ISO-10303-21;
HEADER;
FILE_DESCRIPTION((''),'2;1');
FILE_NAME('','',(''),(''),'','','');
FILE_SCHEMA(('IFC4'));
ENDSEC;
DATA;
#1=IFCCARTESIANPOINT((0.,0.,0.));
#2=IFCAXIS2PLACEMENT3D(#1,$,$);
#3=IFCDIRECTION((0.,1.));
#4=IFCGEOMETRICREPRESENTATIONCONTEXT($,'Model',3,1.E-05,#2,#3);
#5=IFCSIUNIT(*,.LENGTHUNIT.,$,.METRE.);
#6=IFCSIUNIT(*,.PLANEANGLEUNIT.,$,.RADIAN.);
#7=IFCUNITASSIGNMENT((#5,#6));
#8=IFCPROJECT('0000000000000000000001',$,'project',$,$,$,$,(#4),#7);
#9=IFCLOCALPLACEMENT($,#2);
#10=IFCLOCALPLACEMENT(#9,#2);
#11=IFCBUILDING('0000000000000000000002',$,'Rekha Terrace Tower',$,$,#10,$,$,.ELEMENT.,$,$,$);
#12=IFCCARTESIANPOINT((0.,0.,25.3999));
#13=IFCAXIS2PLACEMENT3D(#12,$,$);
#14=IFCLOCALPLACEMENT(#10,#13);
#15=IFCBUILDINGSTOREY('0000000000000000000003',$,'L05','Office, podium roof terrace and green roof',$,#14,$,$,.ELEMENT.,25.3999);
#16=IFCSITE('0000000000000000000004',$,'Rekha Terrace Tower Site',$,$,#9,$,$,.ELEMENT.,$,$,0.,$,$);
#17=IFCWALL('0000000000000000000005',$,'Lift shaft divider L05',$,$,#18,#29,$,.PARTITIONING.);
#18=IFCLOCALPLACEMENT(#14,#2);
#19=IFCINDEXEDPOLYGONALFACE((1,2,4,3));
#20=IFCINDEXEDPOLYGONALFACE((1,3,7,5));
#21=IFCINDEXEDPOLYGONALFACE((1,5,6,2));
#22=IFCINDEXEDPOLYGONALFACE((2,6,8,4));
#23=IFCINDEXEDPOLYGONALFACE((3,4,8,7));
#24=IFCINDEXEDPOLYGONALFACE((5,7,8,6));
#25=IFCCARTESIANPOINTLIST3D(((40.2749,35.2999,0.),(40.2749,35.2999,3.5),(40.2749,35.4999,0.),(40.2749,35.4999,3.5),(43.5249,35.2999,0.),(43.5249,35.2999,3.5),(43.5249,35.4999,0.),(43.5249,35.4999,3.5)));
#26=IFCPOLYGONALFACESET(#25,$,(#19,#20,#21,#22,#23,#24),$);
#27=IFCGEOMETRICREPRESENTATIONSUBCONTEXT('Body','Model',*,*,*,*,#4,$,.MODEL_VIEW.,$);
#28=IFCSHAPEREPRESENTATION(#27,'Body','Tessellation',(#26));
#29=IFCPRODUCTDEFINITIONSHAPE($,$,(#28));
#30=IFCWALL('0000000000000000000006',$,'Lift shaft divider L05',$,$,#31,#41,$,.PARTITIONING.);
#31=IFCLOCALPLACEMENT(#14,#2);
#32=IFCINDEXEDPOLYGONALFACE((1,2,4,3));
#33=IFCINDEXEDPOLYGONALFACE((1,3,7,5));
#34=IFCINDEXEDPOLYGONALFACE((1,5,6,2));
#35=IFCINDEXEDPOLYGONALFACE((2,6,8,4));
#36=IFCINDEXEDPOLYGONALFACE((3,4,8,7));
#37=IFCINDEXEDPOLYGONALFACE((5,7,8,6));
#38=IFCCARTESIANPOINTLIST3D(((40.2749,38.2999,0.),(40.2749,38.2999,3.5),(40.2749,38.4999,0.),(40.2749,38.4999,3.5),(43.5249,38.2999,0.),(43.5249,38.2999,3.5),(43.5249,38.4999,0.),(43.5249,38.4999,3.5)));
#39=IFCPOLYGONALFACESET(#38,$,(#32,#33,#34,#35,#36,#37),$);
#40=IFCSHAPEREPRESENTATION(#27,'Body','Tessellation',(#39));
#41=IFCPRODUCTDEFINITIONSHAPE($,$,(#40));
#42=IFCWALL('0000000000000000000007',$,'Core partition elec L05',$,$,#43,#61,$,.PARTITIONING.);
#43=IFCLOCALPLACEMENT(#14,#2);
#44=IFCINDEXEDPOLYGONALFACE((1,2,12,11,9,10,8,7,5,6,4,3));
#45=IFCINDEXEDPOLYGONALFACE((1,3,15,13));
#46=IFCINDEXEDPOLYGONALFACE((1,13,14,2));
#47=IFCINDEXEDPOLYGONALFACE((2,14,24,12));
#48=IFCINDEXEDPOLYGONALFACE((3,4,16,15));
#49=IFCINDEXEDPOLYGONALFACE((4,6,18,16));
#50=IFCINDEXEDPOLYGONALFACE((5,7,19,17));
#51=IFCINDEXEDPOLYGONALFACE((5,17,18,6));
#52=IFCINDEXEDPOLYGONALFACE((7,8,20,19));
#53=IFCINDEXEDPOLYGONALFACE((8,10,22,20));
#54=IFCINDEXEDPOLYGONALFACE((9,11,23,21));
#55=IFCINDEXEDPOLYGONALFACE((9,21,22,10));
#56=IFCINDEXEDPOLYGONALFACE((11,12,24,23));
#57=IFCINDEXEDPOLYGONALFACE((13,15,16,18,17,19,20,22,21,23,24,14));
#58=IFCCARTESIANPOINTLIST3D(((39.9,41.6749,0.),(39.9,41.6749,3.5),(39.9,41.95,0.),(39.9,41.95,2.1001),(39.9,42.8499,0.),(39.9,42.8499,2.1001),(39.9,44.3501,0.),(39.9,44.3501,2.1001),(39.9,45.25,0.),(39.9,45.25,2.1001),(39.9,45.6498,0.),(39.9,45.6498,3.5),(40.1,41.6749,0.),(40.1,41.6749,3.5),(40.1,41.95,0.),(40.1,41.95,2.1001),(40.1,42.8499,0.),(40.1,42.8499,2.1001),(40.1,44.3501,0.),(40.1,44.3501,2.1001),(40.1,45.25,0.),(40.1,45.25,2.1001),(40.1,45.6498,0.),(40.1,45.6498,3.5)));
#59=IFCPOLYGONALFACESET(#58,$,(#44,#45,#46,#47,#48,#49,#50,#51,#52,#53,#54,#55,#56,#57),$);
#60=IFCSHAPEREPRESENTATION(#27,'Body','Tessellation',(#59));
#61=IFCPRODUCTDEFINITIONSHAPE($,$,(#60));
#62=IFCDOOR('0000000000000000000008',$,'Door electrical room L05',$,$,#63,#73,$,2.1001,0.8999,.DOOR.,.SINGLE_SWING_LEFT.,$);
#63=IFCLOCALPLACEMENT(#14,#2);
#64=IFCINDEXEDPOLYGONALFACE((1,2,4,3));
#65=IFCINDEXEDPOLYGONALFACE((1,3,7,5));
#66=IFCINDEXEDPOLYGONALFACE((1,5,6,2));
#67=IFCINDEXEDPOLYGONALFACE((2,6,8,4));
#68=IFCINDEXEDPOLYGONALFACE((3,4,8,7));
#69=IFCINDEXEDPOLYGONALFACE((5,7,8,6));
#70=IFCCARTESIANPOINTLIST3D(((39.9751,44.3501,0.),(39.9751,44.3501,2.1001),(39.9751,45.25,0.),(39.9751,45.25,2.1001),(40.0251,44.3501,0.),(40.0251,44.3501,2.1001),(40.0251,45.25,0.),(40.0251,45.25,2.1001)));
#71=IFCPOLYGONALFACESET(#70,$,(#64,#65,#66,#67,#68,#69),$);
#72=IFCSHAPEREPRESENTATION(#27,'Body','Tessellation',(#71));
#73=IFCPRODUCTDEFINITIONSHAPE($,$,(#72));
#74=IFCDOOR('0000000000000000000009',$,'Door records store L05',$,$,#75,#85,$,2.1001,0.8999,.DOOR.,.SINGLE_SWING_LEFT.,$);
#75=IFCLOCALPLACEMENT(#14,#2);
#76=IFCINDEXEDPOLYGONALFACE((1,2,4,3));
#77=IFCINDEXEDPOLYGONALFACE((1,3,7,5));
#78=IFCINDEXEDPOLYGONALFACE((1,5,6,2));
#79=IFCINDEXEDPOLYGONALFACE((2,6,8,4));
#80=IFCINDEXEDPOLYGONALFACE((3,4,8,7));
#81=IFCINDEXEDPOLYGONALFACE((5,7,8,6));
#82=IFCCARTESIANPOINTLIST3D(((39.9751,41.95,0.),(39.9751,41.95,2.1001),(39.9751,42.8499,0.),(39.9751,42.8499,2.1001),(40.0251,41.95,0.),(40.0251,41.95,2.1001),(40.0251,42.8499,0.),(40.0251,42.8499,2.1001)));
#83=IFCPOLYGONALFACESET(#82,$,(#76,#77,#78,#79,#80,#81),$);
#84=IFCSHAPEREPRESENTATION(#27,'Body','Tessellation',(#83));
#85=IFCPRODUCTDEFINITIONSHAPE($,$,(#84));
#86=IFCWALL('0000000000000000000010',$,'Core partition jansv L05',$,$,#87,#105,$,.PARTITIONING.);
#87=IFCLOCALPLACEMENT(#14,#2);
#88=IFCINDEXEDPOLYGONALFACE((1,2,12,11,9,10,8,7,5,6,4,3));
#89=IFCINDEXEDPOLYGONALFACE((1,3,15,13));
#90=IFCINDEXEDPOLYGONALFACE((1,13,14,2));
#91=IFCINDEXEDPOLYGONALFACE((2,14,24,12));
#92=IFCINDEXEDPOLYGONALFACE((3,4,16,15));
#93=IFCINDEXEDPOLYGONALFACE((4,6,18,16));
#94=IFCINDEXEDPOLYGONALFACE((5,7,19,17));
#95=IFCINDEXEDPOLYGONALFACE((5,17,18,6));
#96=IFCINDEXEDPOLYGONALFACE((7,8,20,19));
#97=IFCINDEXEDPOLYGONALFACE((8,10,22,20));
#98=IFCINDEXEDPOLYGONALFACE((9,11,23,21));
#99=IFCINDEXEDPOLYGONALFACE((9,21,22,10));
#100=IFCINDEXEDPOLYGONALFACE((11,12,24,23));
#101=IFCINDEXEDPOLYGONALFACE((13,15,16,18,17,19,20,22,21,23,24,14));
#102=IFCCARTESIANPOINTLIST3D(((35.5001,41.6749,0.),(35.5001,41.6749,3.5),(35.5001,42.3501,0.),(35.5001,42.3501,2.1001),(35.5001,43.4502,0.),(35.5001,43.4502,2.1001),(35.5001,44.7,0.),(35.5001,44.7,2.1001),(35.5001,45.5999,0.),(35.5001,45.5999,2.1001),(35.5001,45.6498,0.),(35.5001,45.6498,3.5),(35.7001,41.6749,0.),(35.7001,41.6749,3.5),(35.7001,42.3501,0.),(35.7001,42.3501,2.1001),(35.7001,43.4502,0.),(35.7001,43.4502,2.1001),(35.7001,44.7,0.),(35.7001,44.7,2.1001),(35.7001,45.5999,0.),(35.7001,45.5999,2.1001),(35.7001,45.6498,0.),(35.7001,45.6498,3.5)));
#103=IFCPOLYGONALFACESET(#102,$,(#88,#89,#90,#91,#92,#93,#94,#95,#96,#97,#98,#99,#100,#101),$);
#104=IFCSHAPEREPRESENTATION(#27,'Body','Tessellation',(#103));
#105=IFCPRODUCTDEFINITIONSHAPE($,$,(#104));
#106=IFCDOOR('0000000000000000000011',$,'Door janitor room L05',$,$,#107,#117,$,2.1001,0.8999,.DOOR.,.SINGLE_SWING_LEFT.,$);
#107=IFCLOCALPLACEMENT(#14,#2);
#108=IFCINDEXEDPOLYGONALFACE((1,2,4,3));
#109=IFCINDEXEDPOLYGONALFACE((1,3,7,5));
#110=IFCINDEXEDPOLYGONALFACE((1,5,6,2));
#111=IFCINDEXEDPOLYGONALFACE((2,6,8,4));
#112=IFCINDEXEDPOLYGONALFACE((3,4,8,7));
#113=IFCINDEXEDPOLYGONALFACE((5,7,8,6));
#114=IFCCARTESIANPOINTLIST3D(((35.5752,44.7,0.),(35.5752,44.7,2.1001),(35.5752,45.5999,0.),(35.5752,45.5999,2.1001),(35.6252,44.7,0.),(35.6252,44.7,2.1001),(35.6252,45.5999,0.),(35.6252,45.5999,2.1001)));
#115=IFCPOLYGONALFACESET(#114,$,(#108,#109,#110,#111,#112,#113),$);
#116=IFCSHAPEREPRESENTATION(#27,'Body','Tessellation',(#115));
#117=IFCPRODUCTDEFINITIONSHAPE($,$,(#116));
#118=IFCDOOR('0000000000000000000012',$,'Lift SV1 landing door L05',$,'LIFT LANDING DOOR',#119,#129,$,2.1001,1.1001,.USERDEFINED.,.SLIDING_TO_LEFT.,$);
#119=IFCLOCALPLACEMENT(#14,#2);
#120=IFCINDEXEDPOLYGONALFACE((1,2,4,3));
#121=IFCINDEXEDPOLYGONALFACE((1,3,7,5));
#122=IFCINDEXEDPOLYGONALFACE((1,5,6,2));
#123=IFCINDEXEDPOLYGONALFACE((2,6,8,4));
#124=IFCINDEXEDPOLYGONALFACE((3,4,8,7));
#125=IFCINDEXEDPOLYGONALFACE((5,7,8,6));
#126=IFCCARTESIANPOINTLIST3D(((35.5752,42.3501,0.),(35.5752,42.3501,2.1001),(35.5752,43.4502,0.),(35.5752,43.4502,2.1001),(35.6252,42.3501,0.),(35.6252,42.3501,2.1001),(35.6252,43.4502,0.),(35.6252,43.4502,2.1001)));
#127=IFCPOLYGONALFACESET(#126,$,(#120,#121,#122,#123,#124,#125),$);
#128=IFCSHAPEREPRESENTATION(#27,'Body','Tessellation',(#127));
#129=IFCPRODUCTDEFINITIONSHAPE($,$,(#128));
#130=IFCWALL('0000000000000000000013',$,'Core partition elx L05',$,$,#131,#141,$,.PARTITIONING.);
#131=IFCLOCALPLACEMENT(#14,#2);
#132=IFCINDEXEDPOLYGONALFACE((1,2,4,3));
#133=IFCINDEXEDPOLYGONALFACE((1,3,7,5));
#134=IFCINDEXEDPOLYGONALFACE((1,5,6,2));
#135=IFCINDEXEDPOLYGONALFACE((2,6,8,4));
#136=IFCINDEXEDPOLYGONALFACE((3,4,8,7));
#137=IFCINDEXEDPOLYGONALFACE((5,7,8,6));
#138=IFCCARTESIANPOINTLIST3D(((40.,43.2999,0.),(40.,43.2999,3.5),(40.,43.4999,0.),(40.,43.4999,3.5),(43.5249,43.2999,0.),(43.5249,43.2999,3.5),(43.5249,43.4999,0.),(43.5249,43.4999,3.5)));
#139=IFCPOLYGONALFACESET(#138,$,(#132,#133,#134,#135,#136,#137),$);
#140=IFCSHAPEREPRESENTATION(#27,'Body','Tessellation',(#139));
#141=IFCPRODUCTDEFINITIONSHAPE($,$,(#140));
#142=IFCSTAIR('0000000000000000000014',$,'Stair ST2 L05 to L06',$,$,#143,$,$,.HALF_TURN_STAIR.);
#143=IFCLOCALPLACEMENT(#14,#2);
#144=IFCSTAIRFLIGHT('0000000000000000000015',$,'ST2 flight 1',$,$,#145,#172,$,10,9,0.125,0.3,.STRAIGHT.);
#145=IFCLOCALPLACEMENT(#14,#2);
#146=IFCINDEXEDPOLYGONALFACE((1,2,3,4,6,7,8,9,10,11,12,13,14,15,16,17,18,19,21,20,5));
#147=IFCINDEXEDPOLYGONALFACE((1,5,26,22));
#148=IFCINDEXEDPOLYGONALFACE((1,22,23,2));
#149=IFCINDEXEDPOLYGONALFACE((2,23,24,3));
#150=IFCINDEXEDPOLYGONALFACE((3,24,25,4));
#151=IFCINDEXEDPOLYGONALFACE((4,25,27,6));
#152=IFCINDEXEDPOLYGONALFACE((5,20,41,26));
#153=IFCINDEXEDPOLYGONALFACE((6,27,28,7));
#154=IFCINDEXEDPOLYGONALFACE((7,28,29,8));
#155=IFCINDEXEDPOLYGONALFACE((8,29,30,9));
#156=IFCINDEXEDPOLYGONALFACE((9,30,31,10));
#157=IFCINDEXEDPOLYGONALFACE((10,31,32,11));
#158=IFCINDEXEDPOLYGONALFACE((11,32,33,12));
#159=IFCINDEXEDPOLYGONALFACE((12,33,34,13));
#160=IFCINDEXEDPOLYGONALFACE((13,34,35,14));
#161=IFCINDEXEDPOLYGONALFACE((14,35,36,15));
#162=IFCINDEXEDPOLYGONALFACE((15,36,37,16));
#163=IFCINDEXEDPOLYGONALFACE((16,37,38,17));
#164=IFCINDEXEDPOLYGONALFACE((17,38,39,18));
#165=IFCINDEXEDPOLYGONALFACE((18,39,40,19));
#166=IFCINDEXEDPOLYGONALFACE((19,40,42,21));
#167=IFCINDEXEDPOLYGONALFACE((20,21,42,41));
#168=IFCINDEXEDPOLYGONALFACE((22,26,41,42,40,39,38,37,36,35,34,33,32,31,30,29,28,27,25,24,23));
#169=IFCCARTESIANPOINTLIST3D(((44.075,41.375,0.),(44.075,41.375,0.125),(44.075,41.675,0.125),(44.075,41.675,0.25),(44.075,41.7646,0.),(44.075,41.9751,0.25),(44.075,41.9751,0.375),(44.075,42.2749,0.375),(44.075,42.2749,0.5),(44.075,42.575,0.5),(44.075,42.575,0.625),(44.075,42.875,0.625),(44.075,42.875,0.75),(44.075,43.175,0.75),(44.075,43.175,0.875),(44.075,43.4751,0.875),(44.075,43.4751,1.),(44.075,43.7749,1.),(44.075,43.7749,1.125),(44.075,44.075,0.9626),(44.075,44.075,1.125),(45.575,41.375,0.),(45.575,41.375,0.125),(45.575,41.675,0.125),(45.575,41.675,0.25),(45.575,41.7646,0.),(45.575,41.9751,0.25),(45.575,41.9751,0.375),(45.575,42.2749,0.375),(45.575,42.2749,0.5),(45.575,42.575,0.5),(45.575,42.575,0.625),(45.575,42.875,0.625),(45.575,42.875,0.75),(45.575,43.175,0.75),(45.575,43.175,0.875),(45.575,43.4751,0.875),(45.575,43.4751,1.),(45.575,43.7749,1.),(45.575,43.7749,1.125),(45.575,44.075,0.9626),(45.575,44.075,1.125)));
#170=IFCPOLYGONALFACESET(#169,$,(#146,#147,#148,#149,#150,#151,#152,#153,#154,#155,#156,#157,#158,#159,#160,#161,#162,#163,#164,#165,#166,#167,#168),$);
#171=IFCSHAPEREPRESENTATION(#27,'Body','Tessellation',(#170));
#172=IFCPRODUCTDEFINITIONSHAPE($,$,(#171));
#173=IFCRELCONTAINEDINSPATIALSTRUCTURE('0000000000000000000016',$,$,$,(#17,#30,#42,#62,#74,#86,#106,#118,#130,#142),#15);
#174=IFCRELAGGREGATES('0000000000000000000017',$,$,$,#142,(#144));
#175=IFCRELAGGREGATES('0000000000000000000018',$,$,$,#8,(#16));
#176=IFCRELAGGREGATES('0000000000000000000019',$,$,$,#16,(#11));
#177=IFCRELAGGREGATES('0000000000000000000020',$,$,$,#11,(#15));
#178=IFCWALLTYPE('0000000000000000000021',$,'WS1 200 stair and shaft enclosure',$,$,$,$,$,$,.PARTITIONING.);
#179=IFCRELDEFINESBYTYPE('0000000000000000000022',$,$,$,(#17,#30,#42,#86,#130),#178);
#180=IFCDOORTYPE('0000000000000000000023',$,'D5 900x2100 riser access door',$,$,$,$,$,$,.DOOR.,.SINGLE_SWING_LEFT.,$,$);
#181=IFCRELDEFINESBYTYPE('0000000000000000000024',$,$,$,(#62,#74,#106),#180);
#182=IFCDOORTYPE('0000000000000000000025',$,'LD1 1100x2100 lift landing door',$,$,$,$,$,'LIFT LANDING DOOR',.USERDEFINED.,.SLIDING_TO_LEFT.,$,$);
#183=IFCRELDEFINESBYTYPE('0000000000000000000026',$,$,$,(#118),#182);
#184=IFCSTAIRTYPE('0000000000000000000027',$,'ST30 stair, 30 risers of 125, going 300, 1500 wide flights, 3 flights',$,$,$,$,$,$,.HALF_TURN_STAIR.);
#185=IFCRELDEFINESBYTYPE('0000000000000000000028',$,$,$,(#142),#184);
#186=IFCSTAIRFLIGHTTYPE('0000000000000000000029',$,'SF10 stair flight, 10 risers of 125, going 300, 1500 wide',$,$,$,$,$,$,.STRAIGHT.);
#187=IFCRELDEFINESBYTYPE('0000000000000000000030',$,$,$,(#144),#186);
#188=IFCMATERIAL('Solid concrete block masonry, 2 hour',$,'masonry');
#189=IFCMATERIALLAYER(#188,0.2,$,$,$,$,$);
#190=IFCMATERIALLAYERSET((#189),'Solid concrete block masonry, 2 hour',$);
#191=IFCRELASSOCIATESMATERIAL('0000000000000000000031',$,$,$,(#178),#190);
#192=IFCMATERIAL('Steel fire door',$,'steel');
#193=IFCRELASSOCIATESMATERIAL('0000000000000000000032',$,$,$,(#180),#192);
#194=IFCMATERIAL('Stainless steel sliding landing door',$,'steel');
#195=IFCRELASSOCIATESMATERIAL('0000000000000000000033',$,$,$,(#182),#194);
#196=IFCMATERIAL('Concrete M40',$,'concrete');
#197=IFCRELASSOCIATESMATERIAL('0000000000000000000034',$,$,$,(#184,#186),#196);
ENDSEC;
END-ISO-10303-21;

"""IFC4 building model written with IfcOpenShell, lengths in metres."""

from ifc_helpers import new_model, si_unit, direction, frame, frame_2d, origin, place, context, subcontext, project, spatial, polyline, rectangle, outline, extrude, material, layer, layer_set, type_object, element, fill, aggregate, save


model = new_model("IFC4")

# Units and contexts
model_context = context("Model", 3, precision=1e-05, world=origin(), true_north=direction((0.0, 1.0)))
body_context = subcontext(model_context, "Body", "Model", "MODEL_VIEW")
ifc_project = project(units=[si_unit("LENGTHUNIT", "METRE"), si_unit("PLANEANGLEUNIT", "RADIAN")], contexts=[model_context])

# Site, building, storey
site_placement = place(None, origin())
site = spatial("IfcSite", under=ifc_project, at=site_placement, Name="Rekha Terrace Tower Site", CompositionType="ELEMENT", RefElevation=0.0)
building_placement = place(site_placement, origin())
building = spatial("IfcBuilding", under=site, at=building_placement, Name="Rekha Terrace Tower", CompositionType="ELEMENT")
storey_placement = place(building_placement, frame((0.0, 0.0, 25.3999)))
storey = spatial("IfcBuildingStorey", under=building, at=storey_placement, Name="L05", Description="Office, podium roof terrace and green roof", CompositionType="ELEMENT", Elevation=25.3999)

# Shared definitions
ifc_material_1 = material(Name="Stainless steel sliding landing door", Category="steel")
ifc_material_2 = material(Name="Steel fire door", Category="steel")

# Walls
ifc_material_3 = material(Name="Solid concrete block masonry, 2 hour", Category="masonry")
ifc_layer_1 = layer(ifc_material_3, 0.2)
ifc_layer_set_1 = layer_set([ifc_layer_1], Name="Solid concrete block masonry, 2 hour")
wall_type_1 = type_object("IfcWallType", Name="WS1 200 stair and shaft enclosure", PredefinedType="PARTITIONING", material=ifc_layer_set_1)
for number, where, z_axis, x_axis, name in (
    (1, (40.2749, 35.3999, 0.0), (0.0, 0.0, 1.0), (1.0, 0.0, 0.0), "Lift shaft divider L05"),
    (2, (40.2749, 38.3999, 0.0), (0.0, 0.0, 1.0), (1.0, 0.0, 0.0), "Lift shaft divider L05"),
):
    element("IfcWall", number, at=place(storey_placement, frame(where, z_axis=z_axis, x_axis=x_axis)), inside=storey, type_object=wall_type_1, Name=name, PredefinedType="PARTITIONING", context=body_context, shape_type="SweptSolid", body=[
        extrude(rectangle(XDim=3.25, YDim=0.2, at=frame_2d((1.625, 0.0))), origin(), (0.0, 0.0, 1.0), 3.5),
    ])

# Walls, openings, doors
wall_1_placement = place(storey_placement, frame((40.0, 41.675, 0.0), z_axis=(0.0, 0.0, 1.0), x_axis=(0.0, 1.0, 0.0)))
wall_1 = element("IfcWall", 3, at=wall_1_placement, inside=storey, type_object=wall_type_1, Name="Core partition elec L05", PredefinedType="PARTITIONING", context=body_context, shape_type="SweptSolid", body=[
    extrude(rectangle(XDim=3.9749, YDim=0.2, at=frame_2d((1.9873, 0.0))), origin(), (0.0, 0.0, 1.0), 3.5),
])
opening_1_placement = place(wall_1_placement, frame((2.675, 0.0, 0.0)))
opening_1 = element("IfcOpeningElement", 4, at=opening_1_placement, cuts=wall_1, PredefinedType="OPENING", context=body_context, shape_type="SweptSolid", body=[
    extrude(rectangle(XDim=0.8999, YDim=2.1001, at=frame_2d((0.45, 1.05))), frame((0.0, 0.1099, 0.0), z_axis=(0.0, -1.0, 0.0), x_axis=(1.0, 0.0, 0.0)), (0.0, 0.0, 1.0), 0.22),
])
opening_2_placement = place(wall_1_placement, frame((0.2749, 0.0, 0.0)))
opening_2 = element("IfcOpeningElement", 5, at=opening_2_placement, cuts=wall_1, PredefinedType="OPENING", context=body_context, shape_type="SweptSolid", body=[
    extrude(rectangle(XDim=0.8999, YDim=2.1001, at=frame_2d((0.45, 1.05))), frame((0.0, 0.1099, 0.0), z_axis=(0.0, -1.0, 0.0), x_axis=(1.0, 0.0, 0.0)), (0.0, 0.0, 1.0), 0.22),
])
door_type_1 = type_object("IfcDoorType", Name="D5 900x2100 riser access door", OperationType="SINGLE_SWING_LEFT", PredefinedType="DOOR", material=ifc_material_2)
door_1_placement = place(opening_1_placement, origin())
door_1 = element("IfcDoor", 6, at=door_1_placement, inside=storey, type_object=door_type_1, Name="Door electrical room L05", OperationType="SINGLE_SWING_LEFT", OverallHeight=2.1001, OverallWidth=0.8999, PredefinedType="DOOR", context=body_context, shape_type="SweptSolid", body=[
    extrude(rectangle(XDim=0.8999, YDim=2.1001, at=frame_2d((0.45, 1.05))), frame((0.0, 0.0249, 0.0), z_axis=(0.0, -1.0, 0.0), x_axis=(1.0, 0.0, 0.0)), (0.0, 0.0, 1.0), 0.05),
])
fill(opening_1, door_1)
door_2_placement = place(opening_2_placement, origin())
door_2 = element("IfcDoor", 7, at=door_2_placement, inside=storey, type_object=door_type_1, Name="Door records store L05", OperationType="SINGLE_SWING_LEFT", OverallHeight=2.1001, OverallWidth=0.8999, PredefinedType="DOOR", context=body_context, shape_type="SweptSolid", body=[
    extrude(rectangle(XDim=0.8999, YDim=2.1001, at=frame_2d((0.45, 1.05))), frame((0.0, 0.0249, 0.0), z_axis=(0.0, -1.0, 0.0), x_axis=(1.0, 0.0, 0.0)), (0.0, 0.0, 1.0), 0.05),
])
fill(opening_2, door_2)
wall_2_placement = place(storey_placement, frame((35.6001, 41.675, 0.0), z_axis=(0.0, 0.0, 1.0), x_axis=(0.0, 1.0, 0.0)))
wall_2 = element("IfcWall", 8, at=wall_2_placement, inside=storey, type_object=wall_type_1, Name="Core partition jansv L05", PredefinedType="PARTITIONING", context=body_context, shape_type="SweptSolid", body=[
    extrude(rectangle(XDim=3.9749, YDim=0.2, at=frame_2d((1.9873, 0.0))), origin(), (0.0, 0.0, 1.0), 3.5),
])
opening_3_placement = place(wall_2_placement, frame((3.0249, 0.0, 0.0)))
opening_3 = element("IfcOpeningElement", 9, at=opening_3_placement, cuts=wall_2, PredefinedType="OPENING", context=body_context, shape_type="SweptSolid", body=[
    extrude(rectangle(XDim=0.8999, YDim=2.1001, at=frame_2d((0.45, 1.05))), frame((0.0, 0.1099, 0.0), z_axis=(0.0, -1.0, 0.0), x_axis=(1.0, 0.0, 0.0)), (0.0, 0.0, 1.0), 0.22),
])
opening_4_placement = place(wall_2_placement, frame((0.675, 0.0, 0.0)))
opening_4 = element("IfcOpeningElement", 10, at=opening_4_placement, cuts=wall_2, PredefinedType="OPENING", context=body_context, shape_type="SweptSolid", body=[
    extrude(rectangle(XDim=1.1001, YDim=2.1001, at=frame_2d((0.55, 1.05))), frame((0.0, 0.1099, 0.0), z_axis=(0.0, -1.0, 0.0), x_axis=(1.0, 0.0, 0.0)), (0.0, 0.0, 1.0), 0.22),
])
door_3_placement = place(opening_3_placement, origin())
door_3 = element("IfcDoor", 11, at=door_3_placement, inside=storey, type_object=door_type_1, Name="Door janitor room L05", OperationType="SINGLE_SWING_LEFT", OverallHeight=2.1001, OverallWidth=0.8999, PredefinedType="DOOR", context=body_context, shape_type="SweptSolid", body=[
    extrude(rectangle(XDim=0.8999, YDim=2.1001, at=frame_2d((0.45, 1.05))), frame((0.0, 0.0249, 0.0), z_axis=(0.0, -1.0, 0.0), x_axis=(1.0, 0.0, 0.0)), (0.0, 0.0, 1.0), 0.05),
])
fill(opening_3, door_3)
door_type_2 = type_object("IfcDoorType", Name="LD1 1100x2100 lift landing door", ElementType="LIFT LANDING DOOR", OperationType="SLIDING_TO_LEFT", PredefinedType="USERDEFINED", material=ifc_material_1)
door_4_placement = place(opening_4_placement, origin())
door_4 = element("IfcDoor", 12, at=door_4_placement, inside=storey, type_object=door_type_2, Name="Lift SV1 landing door L05", ObjectType="LIFT LANDING DOOR", OperationType="SLIDING_TO_LEFT", OverallHeight=2.1001, OverallWidth=1.1001, PredefinedType="USERDEFINED", context=body_context, shape_type="SweptSolid", body=[
    extrude(rectangle(XDim=1.1001, YDim=2.1001, at=frame_2d((0.55, 1.05))), frame((0.0, 0.0249, 0.0), z_axis=(0.0, -1.0, 0.0), x_axis=(1.0, 0.0, 0.0)), (0.0, 0.0, 1.0), 0.05),
])
fill(opening_4, door_4)

# Wall
wall_3_placement = place(storey_placement, frame((40.0, 43.3999, 0.0), z_axis=(0.0, 0.0, 1.0), x_axis=(1.0, 0.0, 0.0)))
element("IfcWall", 13, at=wall_3_placement, inside=storey, type_object=wall_type_1, Name="Core partition elx L05", PredefinedType="PARTITIONING", context=body_context, shape_type="SweptSolid", body=[
    extrude(rectangle(XDim=3.5249, YDim=0.2, at=frame_2d((1.7625, 0.0))), origin(), (0.0, 0.0, 1.0), 3.5),
])

# Stair, stair flight
ifc_material_4 = material(Name="Concrete M40", Category="concrete")
stair_type = type_object("IfcStairType", Name="ST30 stair, 30 risers of 125, going 300, 1500 wide flights, 3 flights", PredefinedType="HALF_TURN_STAIR", material=ifc_material_4)
stair_placement = place(storey_placement, origin())
stair = element("IfcStair", 14, at=stair_placement, inside=storey, type_object=stair_type, Name="Stair ST2 L05 to L06", PredefinedType="HALF_TURN_STAIR")
stair_flight_type = type_object("IfcStairFlightType", Name="SF10 stair flight, 10 risers of 125, going 300, 1500 wide", PredefinedType="STRAIGHT", material=ifc_material_4)
stair_flight_1_placement = place(storey_placement, frame((44.825, 41.375, 0.0), z_axis=(0.0, 0.0, 1.0), x_axis=(0.0, 1.0, 0.0)))
stair_flight_1 = element("IfcStairFlight", 15, at=stair_flight_1_placement, type_object=stair_flight_type, Name="ST2 flight 1", NumberOfRisers=10, NumberOfTreads=9, PredefinedType="STRAIGHT", RiserHeight=0.125, TreadLength=0.3, context=body_context, shape_type="SweptSolid", body=[
    extrude(outline(polyline([(0.0, 0.0), (0.0, 0.125), (0.3, 0.125), (0.3, 0.25), (0.6001, 0.25), (0.6001, 0.375), (0.8999, 0.375), (0.8999, 0.5), (1.2, 0.5), (1.2, 0.625), (1.5, 0.625), (1.5, 0.75), (1.8, 0.75), (1.8, 0.875), (2.1001, 0.875), (2.1001, 1.0), (2.3999, 1.0), (2.3999, 1.125), (2.7, 1.125), (2.7, 1.25), (2.7, 0.9626), (0.3896, 0.0), (0.0, 0.0)])), frame((0.0, 0.75, 0.0), z_axis=(0.0, -1.0, 0.0), x_axis=(1.0, 0.0, 0.0)), (0.0, 0.0, 1.0), 1.5),
])
aggregate(stair, [stair_flight_1])

save(model, "model.ifc")
